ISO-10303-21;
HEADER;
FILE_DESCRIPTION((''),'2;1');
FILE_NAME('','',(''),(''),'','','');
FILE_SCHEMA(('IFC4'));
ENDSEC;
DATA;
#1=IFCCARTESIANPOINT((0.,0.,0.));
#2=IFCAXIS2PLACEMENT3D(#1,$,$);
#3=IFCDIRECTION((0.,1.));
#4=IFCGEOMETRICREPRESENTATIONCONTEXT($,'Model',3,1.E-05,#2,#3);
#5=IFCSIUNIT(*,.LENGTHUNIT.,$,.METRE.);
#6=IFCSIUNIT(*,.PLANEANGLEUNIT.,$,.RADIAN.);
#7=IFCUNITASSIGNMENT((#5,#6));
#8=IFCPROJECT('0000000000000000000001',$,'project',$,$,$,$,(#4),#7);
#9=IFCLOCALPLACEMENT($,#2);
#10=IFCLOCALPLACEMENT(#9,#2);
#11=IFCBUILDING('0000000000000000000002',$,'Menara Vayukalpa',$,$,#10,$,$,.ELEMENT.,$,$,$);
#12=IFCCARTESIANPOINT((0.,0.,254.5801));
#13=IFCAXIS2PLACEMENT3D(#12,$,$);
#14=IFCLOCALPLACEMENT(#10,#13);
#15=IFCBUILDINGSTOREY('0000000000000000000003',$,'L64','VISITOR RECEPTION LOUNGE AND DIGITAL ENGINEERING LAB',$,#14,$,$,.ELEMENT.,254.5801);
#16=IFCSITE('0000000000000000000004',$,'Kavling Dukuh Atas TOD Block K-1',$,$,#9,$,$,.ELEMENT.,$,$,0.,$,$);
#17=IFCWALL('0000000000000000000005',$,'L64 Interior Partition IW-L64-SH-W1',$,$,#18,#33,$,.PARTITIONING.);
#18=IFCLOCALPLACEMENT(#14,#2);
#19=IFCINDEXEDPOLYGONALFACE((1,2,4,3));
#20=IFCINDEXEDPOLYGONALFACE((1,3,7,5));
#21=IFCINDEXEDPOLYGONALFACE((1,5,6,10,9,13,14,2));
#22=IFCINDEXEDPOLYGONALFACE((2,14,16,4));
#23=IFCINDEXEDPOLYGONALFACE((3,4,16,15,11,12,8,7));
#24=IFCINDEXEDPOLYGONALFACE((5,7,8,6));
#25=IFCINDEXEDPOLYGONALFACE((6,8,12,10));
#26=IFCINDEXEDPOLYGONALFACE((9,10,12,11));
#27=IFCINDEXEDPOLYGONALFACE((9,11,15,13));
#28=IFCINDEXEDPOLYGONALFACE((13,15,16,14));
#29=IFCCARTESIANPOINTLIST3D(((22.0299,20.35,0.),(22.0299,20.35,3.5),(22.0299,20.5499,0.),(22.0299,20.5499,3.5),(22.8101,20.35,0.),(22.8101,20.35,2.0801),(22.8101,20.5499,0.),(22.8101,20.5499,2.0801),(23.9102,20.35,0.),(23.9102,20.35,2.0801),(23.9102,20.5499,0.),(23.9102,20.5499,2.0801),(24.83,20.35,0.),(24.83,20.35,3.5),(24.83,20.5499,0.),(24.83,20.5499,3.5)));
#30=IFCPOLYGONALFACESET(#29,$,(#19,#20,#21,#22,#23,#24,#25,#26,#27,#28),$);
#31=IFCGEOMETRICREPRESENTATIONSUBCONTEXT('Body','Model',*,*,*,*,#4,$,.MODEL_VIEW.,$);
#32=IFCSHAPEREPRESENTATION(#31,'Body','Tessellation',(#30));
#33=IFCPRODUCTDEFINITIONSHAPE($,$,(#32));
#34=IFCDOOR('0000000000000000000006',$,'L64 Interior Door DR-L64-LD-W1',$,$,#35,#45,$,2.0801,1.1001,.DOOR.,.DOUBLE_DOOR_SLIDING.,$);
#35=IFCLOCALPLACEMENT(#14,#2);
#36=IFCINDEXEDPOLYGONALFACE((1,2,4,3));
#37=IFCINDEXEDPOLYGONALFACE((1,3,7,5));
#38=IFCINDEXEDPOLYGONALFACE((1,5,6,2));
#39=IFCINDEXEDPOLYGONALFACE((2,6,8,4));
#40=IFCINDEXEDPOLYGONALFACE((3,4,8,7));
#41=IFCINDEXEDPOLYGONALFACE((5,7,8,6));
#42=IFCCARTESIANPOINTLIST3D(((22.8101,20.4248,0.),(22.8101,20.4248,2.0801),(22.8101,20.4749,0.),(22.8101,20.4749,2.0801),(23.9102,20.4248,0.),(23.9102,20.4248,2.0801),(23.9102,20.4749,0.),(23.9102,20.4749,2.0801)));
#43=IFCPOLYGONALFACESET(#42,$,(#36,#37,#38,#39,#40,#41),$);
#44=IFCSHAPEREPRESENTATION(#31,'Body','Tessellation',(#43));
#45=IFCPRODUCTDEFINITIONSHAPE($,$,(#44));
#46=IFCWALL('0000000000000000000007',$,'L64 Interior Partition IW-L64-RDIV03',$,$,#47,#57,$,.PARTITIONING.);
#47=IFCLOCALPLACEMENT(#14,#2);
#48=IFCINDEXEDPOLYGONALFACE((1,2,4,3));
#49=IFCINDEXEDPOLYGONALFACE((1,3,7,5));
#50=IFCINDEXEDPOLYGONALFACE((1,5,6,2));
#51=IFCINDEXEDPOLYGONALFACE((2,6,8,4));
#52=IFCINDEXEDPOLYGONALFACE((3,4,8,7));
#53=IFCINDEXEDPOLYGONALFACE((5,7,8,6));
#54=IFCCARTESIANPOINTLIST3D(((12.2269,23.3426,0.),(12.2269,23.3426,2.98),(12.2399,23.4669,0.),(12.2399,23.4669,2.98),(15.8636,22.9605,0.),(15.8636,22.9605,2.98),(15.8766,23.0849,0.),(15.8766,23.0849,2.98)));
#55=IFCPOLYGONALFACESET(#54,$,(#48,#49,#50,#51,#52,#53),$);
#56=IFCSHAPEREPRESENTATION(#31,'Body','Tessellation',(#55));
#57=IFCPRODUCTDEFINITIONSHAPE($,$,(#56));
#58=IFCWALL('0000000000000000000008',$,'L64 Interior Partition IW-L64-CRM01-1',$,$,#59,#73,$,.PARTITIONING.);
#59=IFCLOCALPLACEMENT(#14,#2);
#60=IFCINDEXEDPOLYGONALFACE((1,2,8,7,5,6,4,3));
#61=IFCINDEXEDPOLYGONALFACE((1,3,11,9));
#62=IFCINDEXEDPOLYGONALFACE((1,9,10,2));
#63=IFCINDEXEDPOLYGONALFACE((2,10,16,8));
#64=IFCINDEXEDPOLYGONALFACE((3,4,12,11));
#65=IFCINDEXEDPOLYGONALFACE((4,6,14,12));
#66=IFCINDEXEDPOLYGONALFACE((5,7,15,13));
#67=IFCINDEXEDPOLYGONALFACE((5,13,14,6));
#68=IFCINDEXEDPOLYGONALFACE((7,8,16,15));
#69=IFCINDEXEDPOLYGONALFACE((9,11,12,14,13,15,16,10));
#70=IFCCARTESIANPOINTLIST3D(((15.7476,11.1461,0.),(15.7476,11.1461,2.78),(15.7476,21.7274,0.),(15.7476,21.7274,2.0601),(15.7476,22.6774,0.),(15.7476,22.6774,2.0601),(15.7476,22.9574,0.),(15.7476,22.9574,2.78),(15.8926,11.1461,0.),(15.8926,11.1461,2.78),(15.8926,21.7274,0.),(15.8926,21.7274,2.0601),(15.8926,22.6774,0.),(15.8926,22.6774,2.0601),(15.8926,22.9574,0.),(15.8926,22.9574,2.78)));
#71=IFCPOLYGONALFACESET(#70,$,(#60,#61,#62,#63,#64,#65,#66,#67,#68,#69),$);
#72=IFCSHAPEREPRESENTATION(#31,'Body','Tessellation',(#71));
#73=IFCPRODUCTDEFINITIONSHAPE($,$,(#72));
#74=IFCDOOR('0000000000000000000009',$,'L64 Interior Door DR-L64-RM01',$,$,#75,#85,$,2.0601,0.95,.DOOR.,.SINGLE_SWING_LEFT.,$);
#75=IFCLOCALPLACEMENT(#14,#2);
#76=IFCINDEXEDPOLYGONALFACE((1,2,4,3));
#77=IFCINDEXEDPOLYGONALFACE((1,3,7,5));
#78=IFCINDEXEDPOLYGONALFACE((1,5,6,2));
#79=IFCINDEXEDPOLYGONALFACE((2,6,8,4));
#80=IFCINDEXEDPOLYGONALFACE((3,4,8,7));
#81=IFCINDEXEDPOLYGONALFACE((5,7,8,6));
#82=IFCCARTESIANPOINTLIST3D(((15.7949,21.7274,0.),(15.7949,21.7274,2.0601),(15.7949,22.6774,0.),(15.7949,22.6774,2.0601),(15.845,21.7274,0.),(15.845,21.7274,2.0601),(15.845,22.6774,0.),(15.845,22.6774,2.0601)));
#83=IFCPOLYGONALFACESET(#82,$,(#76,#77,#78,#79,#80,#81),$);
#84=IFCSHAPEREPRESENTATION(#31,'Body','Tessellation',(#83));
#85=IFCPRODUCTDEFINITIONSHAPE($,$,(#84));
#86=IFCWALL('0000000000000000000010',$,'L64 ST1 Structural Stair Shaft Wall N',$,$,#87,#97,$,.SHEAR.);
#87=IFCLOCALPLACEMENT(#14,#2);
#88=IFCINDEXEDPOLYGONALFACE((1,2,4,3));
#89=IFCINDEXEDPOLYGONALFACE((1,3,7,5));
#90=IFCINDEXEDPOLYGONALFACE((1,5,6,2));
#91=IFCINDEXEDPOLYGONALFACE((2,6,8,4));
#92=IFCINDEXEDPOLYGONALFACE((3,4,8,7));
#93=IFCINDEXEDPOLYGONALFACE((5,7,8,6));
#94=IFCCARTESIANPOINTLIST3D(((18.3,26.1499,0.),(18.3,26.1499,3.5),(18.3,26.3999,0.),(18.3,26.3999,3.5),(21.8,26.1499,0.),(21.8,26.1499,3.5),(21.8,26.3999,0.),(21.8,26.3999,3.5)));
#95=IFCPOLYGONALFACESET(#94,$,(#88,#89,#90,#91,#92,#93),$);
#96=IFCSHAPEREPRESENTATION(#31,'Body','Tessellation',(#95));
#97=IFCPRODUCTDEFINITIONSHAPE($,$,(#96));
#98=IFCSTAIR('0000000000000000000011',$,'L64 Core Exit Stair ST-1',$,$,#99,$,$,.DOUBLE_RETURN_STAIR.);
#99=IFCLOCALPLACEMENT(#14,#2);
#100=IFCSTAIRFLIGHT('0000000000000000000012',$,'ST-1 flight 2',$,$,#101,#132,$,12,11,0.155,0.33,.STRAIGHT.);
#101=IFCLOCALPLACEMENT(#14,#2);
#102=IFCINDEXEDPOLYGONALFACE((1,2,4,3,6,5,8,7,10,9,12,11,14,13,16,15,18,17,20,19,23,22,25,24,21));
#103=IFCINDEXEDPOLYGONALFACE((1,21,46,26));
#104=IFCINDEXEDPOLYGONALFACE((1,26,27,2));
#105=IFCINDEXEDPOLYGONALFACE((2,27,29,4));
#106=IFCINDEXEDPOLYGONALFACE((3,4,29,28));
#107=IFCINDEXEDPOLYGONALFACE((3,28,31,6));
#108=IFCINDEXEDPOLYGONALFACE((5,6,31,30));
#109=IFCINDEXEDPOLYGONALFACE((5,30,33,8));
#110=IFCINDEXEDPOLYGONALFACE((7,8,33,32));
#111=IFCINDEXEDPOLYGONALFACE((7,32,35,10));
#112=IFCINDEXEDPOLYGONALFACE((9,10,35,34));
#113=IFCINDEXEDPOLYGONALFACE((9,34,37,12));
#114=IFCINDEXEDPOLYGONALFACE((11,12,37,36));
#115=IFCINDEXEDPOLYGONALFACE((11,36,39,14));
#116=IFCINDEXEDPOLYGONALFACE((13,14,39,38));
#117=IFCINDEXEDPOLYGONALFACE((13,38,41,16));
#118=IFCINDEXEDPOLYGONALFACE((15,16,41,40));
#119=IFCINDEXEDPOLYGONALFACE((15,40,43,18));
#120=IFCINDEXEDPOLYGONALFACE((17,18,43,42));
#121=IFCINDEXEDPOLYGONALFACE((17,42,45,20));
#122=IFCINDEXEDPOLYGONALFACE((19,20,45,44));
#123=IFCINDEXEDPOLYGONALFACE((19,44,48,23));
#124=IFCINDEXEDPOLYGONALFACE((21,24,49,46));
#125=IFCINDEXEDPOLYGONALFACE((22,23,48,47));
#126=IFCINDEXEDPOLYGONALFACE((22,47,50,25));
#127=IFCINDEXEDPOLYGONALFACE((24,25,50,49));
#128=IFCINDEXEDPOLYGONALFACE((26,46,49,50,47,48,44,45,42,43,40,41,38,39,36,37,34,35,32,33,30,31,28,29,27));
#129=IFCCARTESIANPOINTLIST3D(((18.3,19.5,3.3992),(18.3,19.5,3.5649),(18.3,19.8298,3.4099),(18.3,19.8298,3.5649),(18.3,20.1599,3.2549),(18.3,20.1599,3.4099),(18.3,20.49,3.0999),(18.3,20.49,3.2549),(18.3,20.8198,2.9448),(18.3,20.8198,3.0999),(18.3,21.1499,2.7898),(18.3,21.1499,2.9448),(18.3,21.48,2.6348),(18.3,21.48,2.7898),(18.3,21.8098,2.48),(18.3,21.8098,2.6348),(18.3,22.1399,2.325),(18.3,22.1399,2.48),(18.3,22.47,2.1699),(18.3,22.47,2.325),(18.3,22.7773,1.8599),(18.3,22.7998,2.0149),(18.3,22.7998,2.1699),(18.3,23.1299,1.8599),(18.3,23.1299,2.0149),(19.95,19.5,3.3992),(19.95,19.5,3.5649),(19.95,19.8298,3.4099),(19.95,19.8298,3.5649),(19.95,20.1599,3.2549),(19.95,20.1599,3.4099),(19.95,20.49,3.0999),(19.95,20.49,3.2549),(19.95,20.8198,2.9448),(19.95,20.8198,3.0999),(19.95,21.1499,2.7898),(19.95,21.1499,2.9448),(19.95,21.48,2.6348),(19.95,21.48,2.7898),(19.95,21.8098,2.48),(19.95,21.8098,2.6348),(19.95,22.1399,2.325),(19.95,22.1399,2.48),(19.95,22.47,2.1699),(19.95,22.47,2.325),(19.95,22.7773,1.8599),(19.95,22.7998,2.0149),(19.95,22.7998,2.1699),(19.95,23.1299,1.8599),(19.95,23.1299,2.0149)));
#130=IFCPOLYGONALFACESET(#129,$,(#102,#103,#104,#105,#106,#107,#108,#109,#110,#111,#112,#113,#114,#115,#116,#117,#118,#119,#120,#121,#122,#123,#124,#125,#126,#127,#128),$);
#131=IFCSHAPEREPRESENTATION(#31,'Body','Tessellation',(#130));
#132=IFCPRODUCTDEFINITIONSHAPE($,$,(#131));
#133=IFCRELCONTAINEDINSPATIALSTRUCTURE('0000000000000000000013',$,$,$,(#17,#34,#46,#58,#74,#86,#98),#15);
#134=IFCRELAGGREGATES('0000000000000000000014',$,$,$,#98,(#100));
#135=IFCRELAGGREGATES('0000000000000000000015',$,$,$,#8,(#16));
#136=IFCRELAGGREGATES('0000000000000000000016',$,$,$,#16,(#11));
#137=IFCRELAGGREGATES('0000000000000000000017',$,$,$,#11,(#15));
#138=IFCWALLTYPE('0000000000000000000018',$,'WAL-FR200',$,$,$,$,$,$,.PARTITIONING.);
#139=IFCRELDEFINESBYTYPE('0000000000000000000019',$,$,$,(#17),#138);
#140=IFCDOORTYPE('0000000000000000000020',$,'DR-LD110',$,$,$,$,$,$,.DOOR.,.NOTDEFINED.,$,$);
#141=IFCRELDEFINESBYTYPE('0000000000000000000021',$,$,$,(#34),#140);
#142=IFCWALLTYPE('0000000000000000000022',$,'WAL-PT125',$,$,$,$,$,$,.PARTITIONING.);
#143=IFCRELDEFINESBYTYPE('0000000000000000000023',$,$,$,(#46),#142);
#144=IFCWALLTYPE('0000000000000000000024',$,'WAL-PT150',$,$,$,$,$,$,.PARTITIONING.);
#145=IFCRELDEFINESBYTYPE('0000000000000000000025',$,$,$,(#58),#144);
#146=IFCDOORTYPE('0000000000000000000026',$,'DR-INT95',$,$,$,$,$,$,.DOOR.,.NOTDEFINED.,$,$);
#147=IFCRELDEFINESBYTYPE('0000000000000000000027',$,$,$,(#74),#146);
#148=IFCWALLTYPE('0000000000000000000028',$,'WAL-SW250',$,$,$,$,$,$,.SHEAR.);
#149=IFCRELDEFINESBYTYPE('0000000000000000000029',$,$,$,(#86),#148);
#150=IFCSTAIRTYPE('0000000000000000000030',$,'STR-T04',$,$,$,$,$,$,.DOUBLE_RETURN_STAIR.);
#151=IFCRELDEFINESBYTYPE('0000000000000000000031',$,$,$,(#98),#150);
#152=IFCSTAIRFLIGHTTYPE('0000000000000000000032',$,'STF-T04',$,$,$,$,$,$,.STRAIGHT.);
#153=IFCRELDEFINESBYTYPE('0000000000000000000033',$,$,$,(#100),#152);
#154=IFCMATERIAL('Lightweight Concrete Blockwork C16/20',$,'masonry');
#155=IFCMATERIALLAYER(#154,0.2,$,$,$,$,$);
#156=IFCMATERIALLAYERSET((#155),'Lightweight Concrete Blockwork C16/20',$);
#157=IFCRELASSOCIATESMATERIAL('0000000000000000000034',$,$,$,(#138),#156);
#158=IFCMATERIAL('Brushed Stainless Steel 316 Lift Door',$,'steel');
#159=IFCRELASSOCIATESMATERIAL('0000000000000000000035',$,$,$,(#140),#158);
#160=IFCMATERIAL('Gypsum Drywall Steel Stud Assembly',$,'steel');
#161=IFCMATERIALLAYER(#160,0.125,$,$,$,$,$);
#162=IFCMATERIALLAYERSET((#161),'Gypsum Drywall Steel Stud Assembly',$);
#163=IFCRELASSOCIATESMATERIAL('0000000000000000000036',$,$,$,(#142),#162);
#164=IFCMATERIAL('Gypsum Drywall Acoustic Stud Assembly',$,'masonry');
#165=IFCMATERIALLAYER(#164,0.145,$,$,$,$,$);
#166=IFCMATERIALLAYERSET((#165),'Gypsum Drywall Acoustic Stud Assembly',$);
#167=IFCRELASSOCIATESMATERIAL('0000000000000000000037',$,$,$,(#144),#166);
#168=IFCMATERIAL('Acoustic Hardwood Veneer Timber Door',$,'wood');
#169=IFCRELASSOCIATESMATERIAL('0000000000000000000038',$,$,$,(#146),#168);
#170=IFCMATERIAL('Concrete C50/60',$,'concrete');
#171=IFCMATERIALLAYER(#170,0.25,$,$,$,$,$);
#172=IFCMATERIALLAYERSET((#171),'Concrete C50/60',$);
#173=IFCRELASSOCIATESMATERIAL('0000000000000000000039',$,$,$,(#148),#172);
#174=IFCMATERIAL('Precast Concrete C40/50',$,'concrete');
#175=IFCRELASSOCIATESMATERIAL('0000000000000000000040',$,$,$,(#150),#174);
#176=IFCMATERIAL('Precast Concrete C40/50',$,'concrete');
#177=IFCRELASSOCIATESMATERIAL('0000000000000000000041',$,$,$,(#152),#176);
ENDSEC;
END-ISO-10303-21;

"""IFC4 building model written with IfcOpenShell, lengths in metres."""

from ifc_helpers import new_model, si_unit, direction, frame, frame_2d, origin, place, context, subcontext, project, spatial, polyline, rectangle, outline, extrude, material, layer, layer_set, type_object, element, fill, aggregate, save


model = new_model("IFC4")

# Units and contexts
model_context = context("Model", 3, precision=1e-05, world=origin(), true_north=direction((0.0, 1.0)))
body_context = subcontext(model_context, "Body", "Model", "MODEL_VIEW")
ifc_project = project(units=[si_unit("LENGTHUNIT", "METRE"), si_unit("PLANEANGLEUNIT", "RADIAN")], contexts=[model_context])

# Site, building, storey
site_placement = place(None, origin())
site = spatial("IfcSite", under=ifc_project, at=site_placement, Name="Kavling Dukuh Atas TOD Block K-1", CompositionType="ELEMENT", RefElevation=0.0)
building_placement = place(site_placement, origin())
building = spatial("IfcBuilding", under=site, at=building_placement, Name="Menara Vayukalpa", CompositionType="ELEMENT")
storey_placement = place(building_placement, frame((0.0, 0.0, 254.5801)))
storey = spatial("IfcBuildingStorey", under=building, at=storey_placement, Name="L64", Description="VISITOR RECEPTION LOUNGE AND DIGITAL ENGINEERING LAB", CompositionType="ELEMENT", Elevation=254.5801)

# Wall, opening, door
ifc_material_1 = material(Name="Lightweight Concrete Blockwork C16/20", Category="masonry")
ifc_layer_1 = layer(ifc_material_1, 0.2)
ifc_layer_set_1 = layer_set([ifc_layer_1], Name="Lightweight Concrete Blockwork C16/20")
wall_type_1 = type_object("IfcWallType", Name="WAL-FR200", PredefinedType="PARTITIONING", material=ifc_layer_set_1)
wall_1_placement = place(storey_placement, frame((22.03, 20.45, 0.0), z_axis=(0.0, 0.0, 1.0), x_axis=(1.0, 0.0, 0.0)))
wall_1 = element("IfcWall", 1, at=wall_1_placement, inside=storey, type_object=wall_type_1, Name="L64 Interior Partition IW-L64-SH-W1", PredefinedType="PARTITIONING", context=body_context, shape_type="SweptSolid", body=[
    extrude(rectangle(XDim=2.8, YDim=0.2, at=frame_2d((1.3999, 0.0))), origin(), (0.0, 0.0, 1.0), 3.5),
])
opening_1_placement = place(wall_1_placement, frame((0.78, 0.0, 0.0)))
opening_1 = element("IfcOpeningElement", 2, at=opening_1_placement, cuts=wall_1, PredefinedType="OPENING", context=body_context, shape_type="SweptSolid", body=[
    extrude(rectangle(XDim=1.1001, YDim=2.0801, at=frame_2d((0.55, 1.04))), frame((0.0, 0.1099, 0.0), z_axis=(0.0, -1.0, 0.0), x_axis=(1.0, 0.0, 0.0)), (0.0, 0.0, 1.0), 0.22),
])
ifc_material_2 = material(Name="Brushed Stainless Steel 316 Lift Door", Category="steel")
door_type_1 = type_object("IfcDoorType", Name="DR-LD110", OperationType="NOTDEFINED", PredefinedType="DOOR", material=ifc_material_2)
door_1_placement = place(opening_1_placement, origin())
door_1 = element("IfcDoor", 3, at=door_1_placement, inside=storey, type_object=door_type_1, Name="L64 Interior Door DR-L64-LD-W1", OperationType="DOUBLE_DOOR_SLIDING", OverallHeight=2.0801, OverallWidth=1.1001, PredefinedType="DOOR", context=body_context, shape_type="SweptSolid", body=[
    extrude(rectangle(XDim=1.1001, YDim=2.0801, at=frame_2d((0.55, 1.04))), frame((0.0, 0.0249, 0.0), z_axis=(0.0, -1.0, 0.0), x_axis=(1.0, 0.0, 0.0)), (0.0, 0.0, 1.0), 0.05),
])
fill(opening_1, door_1)

# Wall
ifc_material_3 = material(Name="Gypsum Drywall Steel Stud Assembly", Category="steel")
ifc_layer_2 = layer(ifc_material_3, 0.125)
ifc_layer_set_2 = layer_set([ifc_layer_2], Name="Gypsum Drywall Steel Stud Assembly")
wall_type_2 = type_object("IfcWallType", Name="WAL-PT125", PredefinedType="PARTITIONING", material=ifc_layer_set_2)
wall_2_placement = place(storey_placement, frame((15.8701, 23.0227, 0.0), z_axis=(0.0, 0.0, 1.0), x_axis=(-0.994526, 0.104487, 0.0)))
element("IfcWall", 4, at=wall_2_placement, inside=storey, type_object=wall_type_2, Name="L64 Interior Partition IW-L64-RDIV03", PredefinedType="PARTITIONING", context=body_context, shape_type="SweptSolid", body=[
    extrude(rectangle(XDim=3.6567, YDim=0.125, at=frame_2d((1.8284, 0.0))), origin(), (0.0, 0.0, 1.0), 2.98),
])

# Wall, opening, door
ifc_material_4 = material(Name="Gypsum Drywall Acoustic Stud Assembly", Category="masonry")
ifc_layer_3 = layer(ifc_material_4, 0.145)
ifc_layer_set_3 = layer_set([ifc_layer_3], Name="Gypsum Drywall Acoustic Stud Assembly")
wall_type_3 = type_object("IfcWallType", Name="WAL-PT150", PredefinedType="PARTITIONING", material=ifc_layer_set_3)
wall_3_placement = place(storey_placement, frame((15.8201, 22.9575, 0.0), z_axis=(0.0, 0.0, 1.0), x_axis=(0.0, -1.0, 0.0)))
wall_3 = element("IfcWall", 5, at=wall_3_placement, inside=storey, type_object=wall_type_3, Name="L64 Interior Partition IW-L64-CRM01-1", PredefinedType="PARTITIONING", context=body_context, shape_type="SweptSolid", body=[
    extrude(rectangle(XDim=11.8113, YDim=0.145, at=frame_2d((5.9058, 0.0))), origin(), (0.0, 0.0, 1.0), 2.78),
])
opening_2_placement = place(wall_3_placement, frame((0.28, 0.0, 0.0)))
opening_2 = element("IfcOpeningElement", 6, at=opening_2_placement, cuts=wall_3, PredefinedType="OPENING", context=body_context, shape_type="SweptSolid", body=[
    extrude(rectangle(XDim=0.95, YDim=2.0601, at=frame_2d((0.4751, 1.03))), frame((0.0, 0.0825, 0.0), z_axis=(0.0, -1.0, 0.0), x_axis=(1.0, 0.0, 0.0)), (0.0, 0.0, 1.0), 0.165),
])
ifc_material_5 = material(Name="Acoustic Hardwood Veneer Timber Door", Category="wood")
door_type_2 = type_object("IfcDoorType", Name="DR-INT95", OperationType="NOTDEFINED", PredefinedType="DOOR", material=ifc_material_5)
door_2_placement = place(opening_2_placement, origin())
door_2 = element("IfcDoor", 7, at=door_2_placement, inside=storey, type_object=door_type_2, Name="L64 Interior Door DR-L64-RM01", OperationType="SINGLE_SWING_LEFT", OverallHeight=2.0601, OverallWidth=0.95, PredefinedType="DOOR", context=body_context, shape_type="SweptSolid", body=[
    extrude(rectangle(XDim=0.95, YDim=2.0601, at=frame_2d((0.4751, 1.03))), frame((0.0, 0.0249, 0.0), z_axis=(0.0, -1.0, 0.0), x_axis=(1.0, 0.0, 0.0)), (0.0, 0.0, 1.0), 0.05),
])
fill(opening_2, door_2)

# Wall
ifc_material_6 = material(Name="Concrete C50/60", Category="concrete")
ifc_layer_4 = layer(ifc_material_6, 0.25)
ifc_layer_set_4 = layer_set([ifc_layer_4], Name="Concrete C50/60")
wall_type_4 = type_object("IfcWallType", Name="WAL-SW250", PredefinedType="SHEAR", material=ifc_layer_set_4)
wall_4_placement = place(storey_placement, frame((18.3, 26.2749, 0.0), z_axis=(0.0, 0.0, 1.0), x_axis=(1.0, 0.0, 0.0)))
element("IfcWall", 8, at=wall_4_placement, inside=storey, type_object=wall_type_4, Name="L64 ST1 Structural Stair Shaft Wall N", PredefinedType="SHEAR", context=body_context, shape_type="SweptSolid", body=[
    extrude(rectangle(XDim=3.5, YDim=0.25, at=frame_2d((1.75, 0.0))), origin(), (0.0, 0.0, 1.0), 3.5),
])

# Stair, stair flight
ifc_material_7 = material(Name="Precast Concrete C40/50", Category="concrete")
stair_type = type_object("IfcStairType", Name="STR-T04", PredefinedType="DOUBLE_RETURN_STAIR", material=ifc_material_7)
stair_placement = place(storey_placement, origin())
stair = element("IfcStair", 9, at=stair_placement, inside=storey, type_object=stair_type, Name="L64 Core Exit Stair ST-1", PredefinedType="DOUBLE_RETURN_STAIR")
ifc_material_8 = material(Name="Precast Concrete C40/50", Category="concrete")
stair_flight_type = type_object("IfcStairFlightType", Name="STF-T04", PredefinedType="STRAIGHT", material=ifc_material_8)
stair_flight_placement = place(storey_placement, frame((19.125, 23.1299, 1.8599), z_axis=(0.0, 0.0, 1.0), x_axis=(0.0, -1.0, 0.0)))
stair_flight = element("IfcStairFlight", 10, at=stair_flight_placement, type_object=stair_flight_type, Name="ST-1 flight 2", NumberOfRisers=12, NumberOfTreads=11, PredefinedType="STRAIGHT", RiserHeight=0.155, TreadLength=0.33, context=body_context, shape_type="SweptSolid", body=[
    extrude(outline(polyline([(0.0, 0.0), (0.0, 0.155), (0.3301, 0.155), (0.3301, 0.3101), (0.6599, 0.3101), (0.6599, 0.4651), (0.99, 0.4651), (0.99, 0.6201), (1.3201, 0.6201), (1.3201, 0.7749), (1.6499, 0.7749), (1.6499, 0.9299), (1.98, 0.9299), (1.98, 1.085), (2.3101, 1.085), (2.3101, 1.24), (2.6399, 1.24), (2.6399, 1.395), (2.97, 1.395), (2.97, 1.55), (3.3, 1.55), (3.3, 1.7051), (3.6299, 1.7051), (3.6299, 1.8601), (3.6299, 1.5393), (0.3525, 0.0), (0.0, 0.0)])), frame((0.0, 0.825, 0.0), z_axis=(0.0, -1.0, 0.0), x_axis=(1.0, 0.0, 0.0)), (0.0, 0.0, 1.0), 1.6499),
])
aggregate(stair, [stair_flight])

save(model, "model.ifc")
